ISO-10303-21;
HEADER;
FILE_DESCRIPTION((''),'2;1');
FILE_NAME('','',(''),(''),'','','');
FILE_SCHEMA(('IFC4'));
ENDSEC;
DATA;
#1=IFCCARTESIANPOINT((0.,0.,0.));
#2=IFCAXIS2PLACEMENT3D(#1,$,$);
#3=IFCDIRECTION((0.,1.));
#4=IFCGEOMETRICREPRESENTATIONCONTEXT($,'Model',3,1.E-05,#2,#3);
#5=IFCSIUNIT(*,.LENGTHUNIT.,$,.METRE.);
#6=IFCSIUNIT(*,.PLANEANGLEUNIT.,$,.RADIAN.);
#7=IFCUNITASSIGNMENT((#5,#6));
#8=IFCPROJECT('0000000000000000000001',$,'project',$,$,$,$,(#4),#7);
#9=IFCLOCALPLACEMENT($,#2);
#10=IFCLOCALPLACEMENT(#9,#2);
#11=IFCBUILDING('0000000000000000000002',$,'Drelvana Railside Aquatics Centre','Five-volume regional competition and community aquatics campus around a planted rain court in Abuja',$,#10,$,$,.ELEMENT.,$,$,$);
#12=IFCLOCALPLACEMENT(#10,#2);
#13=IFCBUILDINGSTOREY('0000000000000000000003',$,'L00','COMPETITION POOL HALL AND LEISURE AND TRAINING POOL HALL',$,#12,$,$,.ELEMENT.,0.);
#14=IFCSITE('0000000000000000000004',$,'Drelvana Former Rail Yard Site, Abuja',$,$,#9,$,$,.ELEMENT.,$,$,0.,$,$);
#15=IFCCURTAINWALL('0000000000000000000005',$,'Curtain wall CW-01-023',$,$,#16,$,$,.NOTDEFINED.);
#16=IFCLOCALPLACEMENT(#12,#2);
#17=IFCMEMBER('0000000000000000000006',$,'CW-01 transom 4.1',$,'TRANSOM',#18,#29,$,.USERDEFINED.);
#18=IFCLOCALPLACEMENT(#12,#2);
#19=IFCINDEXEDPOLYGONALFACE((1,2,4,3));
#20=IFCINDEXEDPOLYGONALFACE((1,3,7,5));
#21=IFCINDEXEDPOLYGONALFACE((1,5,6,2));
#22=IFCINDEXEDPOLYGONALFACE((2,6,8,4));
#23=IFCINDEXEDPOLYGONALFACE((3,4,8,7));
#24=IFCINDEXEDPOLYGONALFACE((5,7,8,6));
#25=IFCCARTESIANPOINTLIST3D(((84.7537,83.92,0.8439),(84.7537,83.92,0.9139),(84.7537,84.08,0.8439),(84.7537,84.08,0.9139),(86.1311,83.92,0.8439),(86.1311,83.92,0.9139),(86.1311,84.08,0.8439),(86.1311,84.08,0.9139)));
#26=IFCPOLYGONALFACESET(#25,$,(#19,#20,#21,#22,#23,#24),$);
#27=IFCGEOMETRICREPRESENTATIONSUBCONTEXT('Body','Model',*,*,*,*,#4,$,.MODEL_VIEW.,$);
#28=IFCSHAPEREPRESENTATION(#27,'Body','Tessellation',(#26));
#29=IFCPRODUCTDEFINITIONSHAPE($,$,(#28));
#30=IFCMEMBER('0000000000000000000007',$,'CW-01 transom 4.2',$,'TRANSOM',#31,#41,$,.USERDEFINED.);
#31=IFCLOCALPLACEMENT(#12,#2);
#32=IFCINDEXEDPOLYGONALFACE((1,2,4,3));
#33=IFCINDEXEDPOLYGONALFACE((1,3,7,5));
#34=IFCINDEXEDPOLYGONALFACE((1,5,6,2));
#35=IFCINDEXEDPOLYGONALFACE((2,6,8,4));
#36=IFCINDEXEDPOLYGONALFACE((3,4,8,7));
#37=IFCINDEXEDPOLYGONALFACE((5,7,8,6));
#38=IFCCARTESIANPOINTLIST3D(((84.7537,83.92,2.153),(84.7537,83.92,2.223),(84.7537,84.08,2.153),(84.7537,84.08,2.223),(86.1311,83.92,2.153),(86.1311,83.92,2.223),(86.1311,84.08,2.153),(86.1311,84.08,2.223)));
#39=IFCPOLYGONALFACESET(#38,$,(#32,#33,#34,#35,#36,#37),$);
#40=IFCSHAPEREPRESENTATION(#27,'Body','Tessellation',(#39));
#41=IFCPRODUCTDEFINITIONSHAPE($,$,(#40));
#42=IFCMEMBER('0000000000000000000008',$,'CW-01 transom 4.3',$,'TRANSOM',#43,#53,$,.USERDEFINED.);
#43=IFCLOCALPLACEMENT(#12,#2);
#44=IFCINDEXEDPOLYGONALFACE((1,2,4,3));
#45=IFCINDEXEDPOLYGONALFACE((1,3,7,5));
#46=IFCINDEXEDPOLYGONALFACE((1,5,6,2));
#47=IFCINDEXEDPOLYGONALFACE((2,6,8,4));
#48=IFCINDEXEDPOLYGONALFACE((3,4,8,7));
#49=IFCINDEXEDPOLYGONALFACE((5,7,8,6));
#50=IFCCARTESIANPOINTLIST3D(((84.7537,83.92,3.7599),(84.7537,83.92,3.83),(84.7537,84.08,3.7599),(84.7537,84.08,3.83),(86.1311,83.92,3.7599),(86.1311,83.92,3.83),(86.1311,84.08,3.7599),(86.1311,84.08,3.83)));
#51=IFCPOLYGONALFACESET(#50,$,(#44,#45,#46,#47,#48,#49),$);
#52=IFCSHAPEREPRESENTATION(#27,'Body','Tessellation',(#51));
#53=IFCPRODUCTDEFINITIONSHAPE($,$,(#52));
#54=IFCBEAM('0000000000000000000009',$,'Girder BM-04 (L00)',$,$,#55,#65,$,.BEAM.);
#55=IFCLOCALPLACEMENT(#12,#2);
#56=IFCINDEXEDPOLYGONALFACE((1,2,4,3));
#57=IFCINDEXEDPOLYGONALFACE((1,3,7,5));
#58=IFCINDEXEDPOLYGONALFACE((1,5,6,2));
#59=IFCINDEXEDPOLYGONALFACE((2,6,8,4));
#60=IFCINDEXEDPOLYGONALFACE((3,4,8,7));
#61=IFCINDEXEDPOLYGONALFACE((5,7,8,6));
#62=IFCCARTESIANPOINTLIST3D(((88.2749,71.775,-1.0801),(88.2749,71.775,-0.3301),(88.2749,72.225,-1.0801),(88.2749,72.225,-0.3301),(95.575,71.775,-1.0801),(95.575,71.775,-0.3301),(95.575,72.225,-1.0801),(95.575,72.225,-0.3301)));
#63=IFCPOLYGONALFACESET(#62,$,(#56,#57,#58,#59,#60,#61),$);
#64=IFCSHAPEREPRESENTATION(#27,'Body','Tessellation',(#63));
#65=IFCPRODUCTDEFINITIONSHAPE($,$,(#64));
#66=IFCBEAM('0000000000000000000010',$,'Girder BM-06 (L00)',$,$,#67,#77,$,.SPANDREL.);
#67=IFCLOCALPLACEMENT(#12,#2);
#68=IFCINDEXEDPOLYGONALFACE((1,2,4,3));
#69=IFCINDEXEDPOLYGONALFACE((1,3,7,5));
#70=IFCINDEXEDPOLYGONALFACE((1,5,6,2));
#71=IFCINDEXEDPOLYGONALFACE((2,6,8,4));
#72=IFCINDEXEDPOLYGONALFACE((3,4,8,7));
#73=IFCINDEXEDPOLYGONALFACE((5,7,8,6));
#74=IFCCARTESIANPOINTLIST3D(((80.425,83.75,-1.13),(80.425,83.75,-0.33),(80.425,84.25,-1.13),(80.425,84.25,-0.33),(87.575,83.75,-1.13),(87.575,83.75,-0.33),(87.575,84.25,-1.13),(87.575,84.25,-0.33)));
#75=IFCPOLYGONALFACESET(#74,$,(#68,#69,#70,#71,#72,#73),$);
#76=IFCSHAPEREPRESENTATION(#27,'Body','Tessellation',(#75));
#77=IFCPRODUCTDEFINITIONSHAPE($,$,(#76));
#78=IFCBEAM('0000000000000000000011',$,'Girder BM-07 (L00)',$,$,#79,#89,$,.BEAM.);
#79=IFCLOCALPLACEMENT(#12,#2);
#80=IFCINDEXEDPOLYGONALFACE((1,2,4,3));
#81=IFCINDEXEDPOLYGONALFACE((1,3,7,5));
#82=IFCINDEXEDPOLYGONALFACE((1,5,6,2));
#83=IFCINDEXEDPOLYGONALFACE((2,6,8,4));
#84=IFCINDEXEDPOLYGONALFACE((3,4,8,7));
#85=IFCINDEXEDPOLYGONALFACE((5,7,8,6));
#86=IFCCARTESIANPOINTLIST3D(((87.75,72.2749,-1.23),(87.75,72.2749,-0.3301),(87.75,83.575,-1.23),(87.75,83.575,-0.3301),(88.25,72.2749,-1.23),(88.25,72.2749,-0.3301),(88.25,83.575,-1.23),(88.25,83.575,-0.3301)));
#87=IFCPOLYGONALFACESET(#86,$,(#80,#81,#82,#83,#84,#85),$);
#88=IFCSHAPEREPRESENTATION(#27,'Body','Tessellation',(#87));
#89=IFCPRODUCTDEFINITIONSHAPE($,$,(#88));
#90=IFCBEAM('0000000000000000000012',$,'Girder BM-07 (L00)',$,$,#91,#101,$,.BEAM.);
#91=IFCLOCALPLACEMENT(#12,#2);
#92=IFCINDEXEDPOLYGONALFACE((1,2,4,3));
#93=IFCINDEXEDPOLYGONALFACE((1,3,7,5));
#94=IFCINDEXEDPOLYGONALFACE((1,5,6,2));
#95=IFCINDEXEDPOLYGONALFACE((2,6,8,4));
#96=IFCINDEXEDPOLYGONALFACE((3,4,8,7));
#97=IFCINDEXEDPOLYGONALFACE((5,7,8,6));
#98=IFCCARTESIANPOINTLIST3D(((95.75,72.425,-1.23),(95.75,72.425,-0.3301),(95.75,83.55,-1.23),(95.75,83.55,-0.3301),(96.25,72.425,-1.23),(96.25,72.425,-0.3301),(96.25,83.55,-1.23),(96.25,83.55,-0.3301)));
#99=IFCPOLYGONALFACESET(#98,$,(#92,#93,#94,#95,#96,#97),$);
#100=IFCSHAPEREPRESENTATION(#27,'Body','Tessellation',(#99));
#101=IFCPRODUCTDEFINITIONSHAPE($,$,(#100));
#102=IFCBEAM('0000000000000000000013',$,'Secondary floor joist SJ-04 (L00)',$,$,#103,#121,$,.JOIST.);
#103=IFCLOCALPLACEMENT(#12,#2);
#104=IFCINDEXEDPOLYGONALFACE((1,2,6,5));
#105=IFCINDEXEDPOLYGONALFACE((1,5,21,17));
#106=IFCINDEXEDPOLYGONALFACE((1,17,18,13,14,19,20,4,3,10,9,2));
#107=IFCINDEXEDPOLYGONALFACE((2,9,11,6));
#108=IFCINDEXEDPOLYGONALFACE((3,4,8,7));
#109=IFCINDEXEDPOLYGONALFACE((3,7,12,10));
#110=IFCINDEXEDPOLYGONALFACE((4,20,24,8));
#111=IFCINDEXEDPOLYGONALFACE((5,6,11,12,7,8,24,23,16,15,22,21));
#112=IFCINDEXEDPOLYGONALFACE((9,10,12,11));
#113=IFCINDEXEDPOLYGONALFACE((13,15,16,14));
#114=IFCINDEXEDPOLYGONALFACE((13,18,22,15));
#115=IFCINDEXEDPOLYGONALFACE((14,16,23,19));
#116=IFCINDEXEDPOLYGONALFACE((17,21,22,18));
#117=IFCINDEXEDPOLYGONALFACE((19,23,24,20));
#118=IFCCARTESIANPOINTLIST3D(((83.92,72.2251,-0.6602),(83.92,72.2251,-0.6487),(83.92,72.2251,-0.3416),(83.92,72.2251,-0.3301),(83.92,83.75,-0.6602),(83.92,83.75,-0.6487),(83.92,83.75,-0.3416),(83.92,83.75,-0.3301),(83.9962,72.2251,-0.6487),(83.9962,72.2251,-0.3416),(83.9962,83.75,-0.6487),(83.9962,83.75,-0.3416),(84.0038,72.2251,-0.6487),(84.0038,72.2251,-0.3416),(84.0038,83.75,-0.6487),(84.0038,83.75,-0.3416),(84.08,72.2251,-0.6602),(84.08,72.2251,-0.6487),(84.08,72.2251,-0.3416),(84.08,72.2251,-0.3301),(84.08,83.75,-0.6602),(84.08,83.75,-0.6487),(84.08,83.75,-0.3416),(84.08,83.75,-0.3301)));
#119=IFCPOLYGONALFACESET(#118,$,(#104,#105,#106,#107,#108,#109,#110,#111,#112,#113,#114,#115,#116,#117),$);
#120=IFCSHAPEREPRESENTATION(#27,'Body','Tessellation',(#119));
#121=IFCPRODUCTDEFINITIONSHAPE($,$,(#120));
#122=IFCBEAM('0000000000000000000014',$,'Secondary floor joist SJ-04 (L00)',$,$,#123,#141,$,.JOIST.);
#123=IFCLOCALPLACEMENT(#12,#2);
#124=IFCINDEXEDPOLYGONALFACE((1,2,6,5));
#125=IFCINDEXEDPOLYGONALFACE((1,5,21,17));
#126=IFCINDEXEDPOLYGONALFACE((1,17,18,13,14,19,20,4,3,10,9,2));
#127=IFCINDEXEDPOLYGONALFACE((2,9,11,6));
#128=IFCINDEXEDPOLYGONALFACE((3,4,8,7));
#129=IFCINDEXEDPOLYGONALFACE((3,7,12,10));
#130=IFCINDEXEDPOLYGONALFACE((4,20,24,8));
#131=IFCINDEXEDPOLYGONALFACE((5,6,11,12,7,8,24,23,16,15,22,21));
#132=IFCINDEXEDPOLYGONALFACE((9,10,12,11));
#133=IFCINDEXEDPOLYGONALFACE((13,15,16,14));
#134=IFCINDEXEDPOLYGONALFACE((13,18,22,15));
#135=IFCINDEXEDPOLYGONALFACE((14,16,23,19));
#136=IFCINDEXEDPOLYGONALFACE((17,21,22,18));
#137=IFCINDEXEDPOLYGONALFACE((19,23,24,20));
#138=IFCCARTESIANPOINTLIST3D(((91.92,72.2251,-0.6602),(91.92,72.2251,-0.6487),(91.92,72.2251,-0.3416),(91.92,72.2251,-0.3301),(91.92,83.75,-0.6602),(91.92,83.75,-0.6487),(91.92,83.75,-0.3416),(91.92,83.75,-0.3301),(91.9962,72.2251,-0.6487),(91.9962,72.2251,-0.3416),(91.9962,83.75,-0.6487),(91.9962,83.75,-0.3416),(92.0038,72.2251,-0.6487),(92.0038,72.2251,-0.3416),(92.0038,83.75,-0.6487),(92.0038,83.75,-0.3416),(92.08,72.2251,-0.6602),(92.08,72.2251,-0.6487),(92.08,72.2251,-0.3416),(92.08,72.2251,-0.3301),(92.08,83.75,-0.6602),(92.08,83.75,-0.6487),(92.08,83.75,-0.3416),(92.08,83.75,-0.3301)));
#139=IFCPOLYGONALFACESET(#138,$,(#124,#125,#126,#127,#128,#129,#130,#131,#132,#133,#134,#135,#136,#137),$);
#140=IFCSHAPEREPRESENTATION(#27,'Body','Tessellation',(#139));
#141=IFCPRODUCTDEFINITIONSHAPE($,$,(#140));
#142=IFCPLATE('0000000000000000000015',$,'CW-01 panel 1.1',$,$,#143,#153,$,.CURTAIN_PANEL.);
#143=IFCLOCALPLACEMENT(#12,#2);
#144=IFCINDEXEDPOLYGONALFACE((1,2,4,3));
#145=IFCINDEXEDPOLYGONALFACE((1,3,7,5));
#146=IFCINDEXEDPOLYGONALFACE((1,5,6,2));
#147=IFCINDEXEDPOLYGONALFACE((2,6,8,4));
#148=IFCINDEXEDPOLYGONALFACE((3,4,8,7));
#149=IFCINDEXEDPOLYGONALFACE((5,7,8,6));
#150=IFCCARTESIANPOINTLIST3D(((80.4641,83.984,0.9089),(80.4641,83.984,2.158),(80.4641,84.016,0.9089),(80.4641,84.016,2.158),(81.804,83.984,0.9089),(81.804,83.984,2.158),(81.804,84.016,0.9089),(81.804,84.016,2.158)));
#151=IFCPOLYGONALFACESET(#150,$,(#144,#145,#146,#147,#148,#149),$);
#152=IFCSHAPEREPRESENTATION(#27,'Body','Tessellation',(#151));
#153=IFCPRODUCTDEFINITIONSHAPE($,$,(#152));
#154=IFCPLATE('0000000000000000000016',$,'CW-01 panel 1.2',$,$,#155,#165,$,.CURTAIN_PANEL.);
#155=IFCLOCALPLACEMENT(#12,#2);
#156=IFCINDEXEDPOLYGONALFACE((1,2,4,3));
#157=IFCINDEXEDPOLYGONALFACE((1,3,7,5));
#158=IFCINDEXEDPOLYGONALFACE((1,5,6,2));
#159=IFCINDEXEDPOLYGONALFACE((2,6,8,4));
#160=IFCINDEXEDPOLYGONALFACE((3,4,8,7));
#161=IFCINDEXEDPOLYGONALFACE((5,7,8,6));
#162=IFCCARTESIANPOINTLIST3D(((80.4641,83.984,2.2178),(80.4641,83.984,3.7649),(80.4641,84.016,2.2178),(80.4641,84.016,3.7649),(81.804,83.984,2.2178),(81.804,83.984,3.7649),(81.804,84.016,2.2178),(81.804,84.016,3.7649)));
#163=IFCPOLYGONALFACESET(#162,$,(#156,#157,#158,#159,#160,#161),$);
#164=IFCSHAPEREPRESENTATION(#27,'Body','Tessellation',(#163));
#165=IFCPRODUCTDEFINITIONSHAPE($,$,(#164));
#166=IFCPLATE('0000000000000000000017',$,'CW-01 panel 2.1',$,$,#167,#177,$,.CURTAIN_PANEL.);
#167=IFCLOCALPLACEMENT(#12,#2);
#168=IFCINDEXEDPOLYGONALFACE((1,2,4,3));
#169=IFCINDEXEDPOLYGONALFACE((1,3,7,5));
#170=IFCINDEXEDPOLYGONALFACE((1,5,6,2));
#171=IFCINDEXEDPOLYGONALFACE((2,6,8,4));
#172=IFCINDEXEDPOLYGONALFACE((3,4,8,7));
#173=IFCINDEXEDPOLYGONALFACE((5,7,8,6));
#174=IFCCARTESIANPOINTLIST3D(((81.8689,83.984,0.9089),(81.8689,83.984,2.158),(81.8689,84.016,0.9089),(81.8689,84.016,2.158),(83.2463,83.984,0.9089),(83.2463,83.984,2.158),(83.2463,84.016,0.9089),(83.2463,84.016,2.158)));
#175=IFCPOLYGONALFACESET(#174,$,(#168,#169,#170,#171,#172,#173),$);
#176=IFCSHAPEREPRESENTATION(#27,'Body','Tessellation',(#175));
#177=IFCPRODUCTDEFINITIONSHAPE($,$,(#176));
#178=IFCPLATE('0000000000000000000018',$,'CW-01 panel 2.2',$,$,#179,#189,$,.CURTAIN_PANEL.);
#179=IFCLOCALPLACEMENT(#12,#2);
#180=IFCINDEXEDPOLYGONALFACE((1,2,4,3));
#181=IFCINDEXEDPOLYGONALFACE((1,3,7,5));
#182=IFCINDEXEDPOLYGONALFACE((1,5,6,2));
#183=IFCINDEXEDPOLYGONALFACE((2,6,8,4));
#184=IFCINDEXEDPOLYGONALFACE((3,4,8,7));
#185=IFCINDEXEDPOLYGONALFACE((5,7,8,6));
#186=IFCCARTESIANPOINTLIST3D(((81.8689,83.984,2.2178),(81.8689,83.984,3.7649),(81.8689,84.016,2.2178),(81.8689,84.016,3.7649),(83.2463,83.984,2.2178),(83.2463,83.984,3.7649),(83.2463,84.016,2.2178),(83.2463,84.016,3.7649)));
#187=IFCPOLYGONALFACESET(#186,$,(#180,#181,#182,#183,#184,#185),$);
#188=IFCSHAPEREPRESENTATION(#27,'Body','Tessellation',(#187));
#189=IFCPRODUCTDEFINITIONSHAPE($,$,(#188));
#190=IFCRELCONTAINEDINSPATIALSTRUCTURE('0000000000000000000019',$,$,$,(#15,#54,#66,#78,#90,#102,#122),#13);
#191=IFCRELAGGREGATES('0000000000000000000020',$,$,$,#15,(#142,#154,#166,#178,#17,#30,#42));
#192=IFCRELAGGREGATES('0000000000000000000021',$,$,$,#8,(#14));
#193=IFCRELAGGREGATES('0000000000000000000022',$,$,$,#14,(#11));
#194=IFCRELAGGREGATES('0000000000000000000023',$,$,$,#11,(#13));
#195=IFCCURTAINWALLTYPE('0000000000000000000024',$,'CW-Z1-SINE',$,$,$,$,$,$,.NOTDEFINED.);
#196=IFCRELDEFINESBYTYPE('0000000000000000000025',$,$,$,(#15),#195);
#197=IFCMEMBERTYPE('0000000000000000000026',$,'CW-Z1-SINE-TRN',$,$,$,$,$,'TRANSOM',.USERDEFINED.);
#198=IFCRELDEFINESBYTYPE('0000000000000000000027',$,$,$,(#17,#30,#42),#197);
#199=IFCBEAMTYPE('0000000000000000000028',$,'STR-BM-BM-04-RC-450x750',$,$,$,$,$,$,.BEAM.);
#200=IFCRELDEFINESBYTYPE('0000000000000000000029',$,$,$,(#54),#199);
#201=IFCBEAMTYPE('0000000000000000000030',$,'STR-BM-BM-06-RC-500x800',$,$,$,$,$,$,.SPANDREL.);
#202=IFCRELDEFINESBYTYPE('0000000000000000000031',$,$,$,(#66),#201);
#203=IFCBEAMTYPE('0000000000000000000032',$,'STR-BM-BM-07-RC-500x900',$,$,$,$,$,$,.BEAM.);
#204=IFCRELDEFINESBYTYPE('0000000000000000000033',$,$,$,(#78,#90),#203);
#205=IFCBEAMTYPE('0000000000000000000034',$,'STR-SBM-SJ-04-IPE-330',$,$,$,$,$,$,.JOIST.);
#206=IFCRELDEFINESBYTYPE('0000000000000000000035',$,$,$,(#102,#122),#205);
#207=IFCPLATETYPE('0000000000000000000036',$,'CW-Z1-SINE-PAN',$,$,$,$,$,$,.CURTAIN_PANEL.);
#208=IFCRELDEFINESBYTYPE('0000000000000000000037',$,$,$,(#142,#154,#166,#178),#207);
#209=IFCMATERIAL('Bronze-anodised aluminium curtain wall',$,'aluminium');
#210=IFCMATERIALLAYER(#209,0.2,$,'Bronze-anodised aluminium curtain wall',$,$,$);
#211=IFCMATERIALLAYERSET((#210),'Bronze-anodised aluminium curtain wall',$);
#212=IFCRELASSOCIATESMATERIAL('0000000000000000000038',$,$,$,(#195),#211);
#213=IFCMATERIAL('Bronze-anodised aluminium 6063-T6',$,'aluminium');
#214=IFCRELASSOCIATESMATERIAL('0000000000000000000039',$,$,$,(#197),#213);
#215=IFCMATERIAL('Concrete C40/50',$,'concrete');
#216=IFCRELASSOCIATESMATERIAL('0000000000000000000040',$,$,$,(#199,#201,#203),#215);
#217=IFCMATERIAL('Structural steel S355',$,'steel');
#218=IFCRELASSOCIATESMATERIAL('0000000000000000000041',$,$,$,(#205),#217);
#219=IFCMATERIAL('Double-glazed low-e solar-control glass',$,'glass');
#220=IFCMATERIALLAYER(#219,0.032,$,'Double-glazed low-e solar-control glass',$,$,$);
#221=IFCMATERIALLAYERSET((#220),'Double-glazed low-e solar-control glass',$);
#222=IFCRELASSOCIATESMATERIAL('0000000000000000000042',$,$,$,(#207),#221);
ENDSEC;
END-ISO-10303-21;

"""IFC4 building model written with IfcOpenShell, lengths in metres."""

from ifc_helpers import new_model, si_unit, direction, frame, origin, origin_2d, place, context, subcontext, project, spatial, rectangle, i_section, extrude, material, layer, layer_set, material_profile, profile_set, type_object, element, aggregate, save


model = new_model("IFC4")

# Units and contexts
model_context = context("Model", 3, precision=1e-05, world=origin(), true_north=direction((0.0, 1.0)))
body_context = subcontext(model_context, "Body", "Model", "MODEL_VIEW")
ifc_project = project(units=[si_unit("LENGTHUNIT", "METRE"), si_unit("PLANEANGLEUNIT", "RADIAN")], contexts=[model_context])

# Site, building, storey
site_placement = place(None, origin())
site = spatial("IfcSite", under=ifc_project, at=site_placement, Name="Drelvana Former Rail Yard Site, Abuja", CompositionType="ELEMENT", RefElevation=0.0)
building_placement = place(site_placement, origin())
building = spatial("IfcBuilding", under=site, at=building_placement, Name="Drelvana Railside Aquatics Centre", Description="Five-volume regional competition and community aquatics campus around a planted rain court in Abuja", CompositionType="ELEMENT")
storey_placement = place(building_placement, origin())
storey = spatial("IfcBuildingStorey", under=building, at=storey_placement, Name="L00", Description="COMPETITION POOL HALL AND LEISURE AND TRAINING POOL HALL", CompositionType="ELEMENT", Elevation=0.0)

# Shared definitions
ifc_material_1 = material(Name="Concrete C40/50", Category="concrete")

# Curtain wall, members
ifc_material_2 = material(Name="Bronze-anodised aluminium curtain wall", Category="aluminium")
ifc_layer_1 = layer(ifc_material_2, 0.2, Name="Bronze-anodised aluminium curtain wall")
ifc_layer_set_1 = layer_set([ifc_layer_1], Name="Bronze-anodised aluminium curtain wall")
curtain_wall_type = type_object("IfcCurtainWallType", Name="CW-Z1-SINE", PredefinedType="NOTDEFINED", material=ifc_layer_set_1)
curtain_wall_placement = place(storey_placement, origin())
curtain_wall = element("IfcCurtainWall", 1, at=curtain_wall_placement, inside=storey, type_object=curtain_wall_type, Name="Curtain wall CW-01-023", PredefinedType="NOTDEFINED")
ifc_material_3 = material(Name="Bronze-anodised aluminium 6063-T6", Category="aluminium")
ifc_material_profile_1 = material_profile(ifc_material_3, rectangle(XDim=0.1599, YDim=0.0701, at=origin_2d()), Name="ALU-T 70x160")
ifc_profile_set_1 = profile_set([ifc_material_profile_1], Name="Bronze-anodised aluminium 6063-T6")
member_type_1 = type_object("IfcMemberType", Name="CW-Z1-SINE-TRN", ElementType="TRANSOM", PredefinedType="USERDEFINED", material=ifc_profile_set_1)
member_1_placement = place(storey_placement, frame((84.7537, 84.0, 0.8789), z_axis=(1.0, 0.0, 0.0), x_axis=(0.0, 1.0, 0.0)))
member_1 = element("IfcMember", 2, at=member_1_placement, type_object=member_type_1, Name="CW-01 transom 4.1", ObjectType="TRANSOM", PredefinedType="USERDEFINED", context=body_context, shape_type="SweptSolid", body=[
    extrude(rectangle(XDim=0.1599, YDim=0.0701, at=origin_2d()), origin(), (0.0, 0.0, 1.0), 1.3774),
])
member_2_placement = place(storey_placement, frame((84.7537, 84.0, 2.188), z_axis=(1.0, 0.0, 0.0), x_axis=(0.0, 1.0, 0.0)))
member_2 = element("IfcMember", 3, at=member_2_placement, type_object=member_type_1, Name="CW-01 transom 4.2", ObjectType="TRANSOM", PredefinedType="USERDEFINED", context=body_context, shape_type="SweptSolid", body=[
    extrude(rectangle(XDim=0.1599, YDim=0.0701, at=origin_2d()), origin(), (0.0, 0.0, 1.0), 1.3774),
])
member_3_placement = place(storey_placement, frame((84.7537, 84.0, 3.7949), z_axis=(1.0, 0.0, 0.0), x_axis=(0.0, 1.0, 0.0)))
member_3 = element("IfcMember", 4, at=member_3_placement, type_object=member_type_1, Name="CW-01 transom 4.3", ObjectType="TRANSOM", PredefinedType="USERDEFINED", context=body_context, shape_type="SweptSolid", body=[
    extrude(rectangle(XDim=0.1599, YDim=0.0701, at=origin_2d()), origin(), (0.0, 0.0, 1.0), 1.3774),
])

# Beams
ifc_material_profile_2 = material_profile(ifc_material_1, rectangle(XDim=0.45, YDim=0.75, at=origin_2d()), Name="RC 450x750")
ifc_profile_set_2 = profile_set([ifc_material_profile_2], Name="Concrete C40/50")
beam_type_1 = type_object("IfcBeamType", Name="STR-BM-BM-04-RC-450x750", PredefinedType="BEAM", material=ifc_profile_set_2)
beam_1_placement = place(storey_placement, frame((88.2749, 72.0, -0.7051), z_axis=(1.0, 0.0, 0.0), x_axis=(0.0, 1.0, 0.0)))
element("IfcBeam", 5, at=beam_1_placement, inside=storey, type_object=beam_type_1, Name="Girder BM-04 (L00)", PredefinedType="BEAM", context=body_context, shape_type="SweptSolid", body=[
    extrude(rectangle(XDim=0.45, YDim=0.75, at=origin_2d()), origin(), (0.0, 0.0, 1.0), 7.3),
])
ifc_material_profile_3 = material_profile(ifc_material_1, rectangle(XDim=0.5, YDim=0.8, at=origin_2d()), Name="RC 500x800")
ifc_profile_set_3 = profile_set([ifc_material_profile_3], Name="Concrete C40/50")
beam_type_2 = type_object("IfcBeamType", Name="STR-BM-BM-06-RC-500x800", PredefinedType="SPANDREL", material=ifc_profile_set_3)
beam_2_placement = place(storey_placement, frame((80.425, 84.0, -0.73), z_axis=(1.0, 0.0, 0.0), x_axis=(0.0, 1.0, 0.0)))
element("IfcBeam", 6, at=beam_2_placement, inside=storey, type_object=beam_type_2, Name="Girder BM-06 (L00)", PredefinedType="SPANDREL", context=body_context, shape_type="SweptSolid", body=[
    extrude(rectangle(XDim=0.5, YDim=0.8, at=origin_2d()), origin(), (0.0, 0.0, 1.0), 7.1499),
])
ifc_material_profile_4 = material_profile(ifc_material_1, rectangle(XDim=0.5, YDim=0.8999, at=origin_2d()), Name="RC 500x900")
ifc_profile_set_4 = profile_set([ifc_material_profile_4], Name="Concrete C40/50")
beam_type_3 = type_object("IfcBeamType", Name="STR-BM-BM-07-RC-500x900", PredefinedType="BEAM", material=ifc_profile_set_4)
beam_3_placement = place(storey_placement, frame((88.0, 72.2749, -0.78), z_axis=(0.0, 1.0, 0.0), x_axis=(-1.0, 0.0, 0.0)))
element("IfcBeam", 7, at=beam_3_placement, inside=storey, type_object=beam_type_3, Name="Girder BM-07 (L00)", PredefinedType="BEAM", context=body_context, shape_type="SweptSolid", body=[
    extrude(rectangle(XDim=0.5, YDim=0.8999, at=origin_2d()), origin(), (0.0, 0.0, 1.0), 11.3),
])
beam_4_placement = place(storey_placement, frame((96.0, 72.425, -0.78), z_axis=(0.0, 1.0, 0.0), x_axis=(-1.0, 0.0, 0.0)))
element("IfcBeam", 8, at=beam_4_placement, inside=storey, type_object=beam_type_3, Name="Girder BM-07 (L00)", PredefinedType="BEAM", context=body_context, shape_type="SweptSolid", body=[
    extrude(rectangle(XDim=0.5, YDim=0.8999, at=origin_2d()), origin(), (0.0, 0.0, 1.0), 11.125),
])
ifc_material_4 = material(Name="Structural steel S355", Category="steel")
ifc_material_profile_5 = material_profile(ifc_material_4, i_section(OverallWidth=0.1599, OverallDepth=0.3301, WebThickness=0.0076, FlangeThickness=0.0115, at=origin_2d()), Name="IPE 330")
ifc_profile_set_5 = profile_set([ifc_material_profile_5], Name="Structural steel S355")
beam_type_4 = type_object("IfcBeamType", Name="STR-SBM-SJ-04-IPE-330", PredefinedType="JOIST", material=ifc_profile_set_5)
for number, where, z_axis, x_axis, name in (
    (9, (84.0, 72.2251, -0.4951), (0.0, 1.0, 0.0), (-1.0, 0.0, 0.0), "Secondary floor joist SJ-04 (L00)"),
    (10, (92.0, 72.2251, -0.4951), (0.0, 1.0, 0.0), (-1.0, 0.0, 0.0), "Secondary floor joist SJ-04 (L00)"),
):
    element("IfcBeam", number, at=place(storey_placement, frame(where, z_axis=z_axis, x_axis=x_axis)), inside=storey, type_object=beam_type_4, Name=name, PredefinedType="JOIST", context=body_context, shape_type="SweptSolid", body=[
        extrude(i_section(OverallWidth=0.1599, OverallDepth=0.3301, WebThickness=0.0076, FlangeThickness=0.0115, at=origin_2d()), origin(), (0.0, 0.0, 1.0), 11.5249),
    ])

# Plates
ifc_material_5 = material(Name="Double-glazed low-e solar-control glass", Category="glass")
ifc_layer_2 = layer(ifc_material_5, 0.032, Name="Double-glazed low-e solar-control glass")
ifc_layer_set_2 = layer_set([ifc_layer_2], Name="Double-glazed low-e solar-control glass")
plate_type = type_object("IfcPlateType", Name="CW-Z1-SINE-PAN", PredefinedType="CURTAIN_PANEL", material=ifc_layer_set_2)
plate_1_placement = place(storey_placement, frame((81.134, 84.0, 0.9089), z_axis=(0.0, 0.0, 1.0), x_axis=(1.0, 0.0, 0.0)))
plate_1 = element("IfcPlate", 11, at=plate_1_placement, type_object=plate_type, Name="CW-01 panel 1.1", PredefinedType="CURTAIN_PANEL", context=body_context, shape_type="SweptSolid", body=[
    extrude(rectangle(XDim=1.3398, YDim=0.032, at=origin_2d()), origin(), (0.0, 0.0, 1.0), 1.249),
])
plate_2_placement = place(storey_placement, frame((81.134, 84.0, 2.2178), z_axis=(0.0, 0.0, 1.0), x_axis=(1.0, 0.0, 0.0)))
plate_2 = element("IfcPlate", 12, at=plate_2_placement, type_object=plate_type, Name="CW-01 panel 1.2", PredefinedType="CURTAIN_PANEL", context=body_context, shape_type="SweptSolid", body=[
    extrude(rectangle(XDim=1.3398, YDim=0.032, at=origin_2d()), origin(), (0.0, 0.0, 1.0), 1.5471),
])
plate_3_placement = place(storey_placement, frame((82.5576, 84.0, 0.9089), z_axis=(0.0, 0.0, 1.0), x_axis=(1.0, 0.0, 0.0)))
plate_3 = element("IfcPlate", 13, at=plate_3_placement, type_object=plate_type, Name="CW-01 panel 2.1", PredefinedType="CURTAIN_PANEL", context=body_context, shape_type="SweptSolid", body=[
    extrude(rectangle(XDim=1.3774, YDim=0.032, at=origin_2d()), origin(), (0.0, 0.0, 1.0), 1.249),
])
plate_4_placement = place(storey_placement, frame((82.5576, 84.0, 2.2178), z_axis=(0.0, 0.0, 1.0), x_axis=(1.0, 0.0, 0.0)))
plate_4 = element("IfcPlate", 14, at=plate_4_placement, type_object=plate_type, Name="CW-01 panel 2.2", PredefinedType="CURTAIN_PANEL", context=body_context, shape_type="SweptSolid", body=[
    extrude(rectangle(XDim=1.3774, YDim=0.032, at=origin_2d()), origin(), (0.0, 0.0, 1.0), 1.5471),
])
aggregate(curtain_wall, [plate_1, plate_2, plate_3, plate_4, member_1, member_2, member_3])

save(model, "model.ifc")
